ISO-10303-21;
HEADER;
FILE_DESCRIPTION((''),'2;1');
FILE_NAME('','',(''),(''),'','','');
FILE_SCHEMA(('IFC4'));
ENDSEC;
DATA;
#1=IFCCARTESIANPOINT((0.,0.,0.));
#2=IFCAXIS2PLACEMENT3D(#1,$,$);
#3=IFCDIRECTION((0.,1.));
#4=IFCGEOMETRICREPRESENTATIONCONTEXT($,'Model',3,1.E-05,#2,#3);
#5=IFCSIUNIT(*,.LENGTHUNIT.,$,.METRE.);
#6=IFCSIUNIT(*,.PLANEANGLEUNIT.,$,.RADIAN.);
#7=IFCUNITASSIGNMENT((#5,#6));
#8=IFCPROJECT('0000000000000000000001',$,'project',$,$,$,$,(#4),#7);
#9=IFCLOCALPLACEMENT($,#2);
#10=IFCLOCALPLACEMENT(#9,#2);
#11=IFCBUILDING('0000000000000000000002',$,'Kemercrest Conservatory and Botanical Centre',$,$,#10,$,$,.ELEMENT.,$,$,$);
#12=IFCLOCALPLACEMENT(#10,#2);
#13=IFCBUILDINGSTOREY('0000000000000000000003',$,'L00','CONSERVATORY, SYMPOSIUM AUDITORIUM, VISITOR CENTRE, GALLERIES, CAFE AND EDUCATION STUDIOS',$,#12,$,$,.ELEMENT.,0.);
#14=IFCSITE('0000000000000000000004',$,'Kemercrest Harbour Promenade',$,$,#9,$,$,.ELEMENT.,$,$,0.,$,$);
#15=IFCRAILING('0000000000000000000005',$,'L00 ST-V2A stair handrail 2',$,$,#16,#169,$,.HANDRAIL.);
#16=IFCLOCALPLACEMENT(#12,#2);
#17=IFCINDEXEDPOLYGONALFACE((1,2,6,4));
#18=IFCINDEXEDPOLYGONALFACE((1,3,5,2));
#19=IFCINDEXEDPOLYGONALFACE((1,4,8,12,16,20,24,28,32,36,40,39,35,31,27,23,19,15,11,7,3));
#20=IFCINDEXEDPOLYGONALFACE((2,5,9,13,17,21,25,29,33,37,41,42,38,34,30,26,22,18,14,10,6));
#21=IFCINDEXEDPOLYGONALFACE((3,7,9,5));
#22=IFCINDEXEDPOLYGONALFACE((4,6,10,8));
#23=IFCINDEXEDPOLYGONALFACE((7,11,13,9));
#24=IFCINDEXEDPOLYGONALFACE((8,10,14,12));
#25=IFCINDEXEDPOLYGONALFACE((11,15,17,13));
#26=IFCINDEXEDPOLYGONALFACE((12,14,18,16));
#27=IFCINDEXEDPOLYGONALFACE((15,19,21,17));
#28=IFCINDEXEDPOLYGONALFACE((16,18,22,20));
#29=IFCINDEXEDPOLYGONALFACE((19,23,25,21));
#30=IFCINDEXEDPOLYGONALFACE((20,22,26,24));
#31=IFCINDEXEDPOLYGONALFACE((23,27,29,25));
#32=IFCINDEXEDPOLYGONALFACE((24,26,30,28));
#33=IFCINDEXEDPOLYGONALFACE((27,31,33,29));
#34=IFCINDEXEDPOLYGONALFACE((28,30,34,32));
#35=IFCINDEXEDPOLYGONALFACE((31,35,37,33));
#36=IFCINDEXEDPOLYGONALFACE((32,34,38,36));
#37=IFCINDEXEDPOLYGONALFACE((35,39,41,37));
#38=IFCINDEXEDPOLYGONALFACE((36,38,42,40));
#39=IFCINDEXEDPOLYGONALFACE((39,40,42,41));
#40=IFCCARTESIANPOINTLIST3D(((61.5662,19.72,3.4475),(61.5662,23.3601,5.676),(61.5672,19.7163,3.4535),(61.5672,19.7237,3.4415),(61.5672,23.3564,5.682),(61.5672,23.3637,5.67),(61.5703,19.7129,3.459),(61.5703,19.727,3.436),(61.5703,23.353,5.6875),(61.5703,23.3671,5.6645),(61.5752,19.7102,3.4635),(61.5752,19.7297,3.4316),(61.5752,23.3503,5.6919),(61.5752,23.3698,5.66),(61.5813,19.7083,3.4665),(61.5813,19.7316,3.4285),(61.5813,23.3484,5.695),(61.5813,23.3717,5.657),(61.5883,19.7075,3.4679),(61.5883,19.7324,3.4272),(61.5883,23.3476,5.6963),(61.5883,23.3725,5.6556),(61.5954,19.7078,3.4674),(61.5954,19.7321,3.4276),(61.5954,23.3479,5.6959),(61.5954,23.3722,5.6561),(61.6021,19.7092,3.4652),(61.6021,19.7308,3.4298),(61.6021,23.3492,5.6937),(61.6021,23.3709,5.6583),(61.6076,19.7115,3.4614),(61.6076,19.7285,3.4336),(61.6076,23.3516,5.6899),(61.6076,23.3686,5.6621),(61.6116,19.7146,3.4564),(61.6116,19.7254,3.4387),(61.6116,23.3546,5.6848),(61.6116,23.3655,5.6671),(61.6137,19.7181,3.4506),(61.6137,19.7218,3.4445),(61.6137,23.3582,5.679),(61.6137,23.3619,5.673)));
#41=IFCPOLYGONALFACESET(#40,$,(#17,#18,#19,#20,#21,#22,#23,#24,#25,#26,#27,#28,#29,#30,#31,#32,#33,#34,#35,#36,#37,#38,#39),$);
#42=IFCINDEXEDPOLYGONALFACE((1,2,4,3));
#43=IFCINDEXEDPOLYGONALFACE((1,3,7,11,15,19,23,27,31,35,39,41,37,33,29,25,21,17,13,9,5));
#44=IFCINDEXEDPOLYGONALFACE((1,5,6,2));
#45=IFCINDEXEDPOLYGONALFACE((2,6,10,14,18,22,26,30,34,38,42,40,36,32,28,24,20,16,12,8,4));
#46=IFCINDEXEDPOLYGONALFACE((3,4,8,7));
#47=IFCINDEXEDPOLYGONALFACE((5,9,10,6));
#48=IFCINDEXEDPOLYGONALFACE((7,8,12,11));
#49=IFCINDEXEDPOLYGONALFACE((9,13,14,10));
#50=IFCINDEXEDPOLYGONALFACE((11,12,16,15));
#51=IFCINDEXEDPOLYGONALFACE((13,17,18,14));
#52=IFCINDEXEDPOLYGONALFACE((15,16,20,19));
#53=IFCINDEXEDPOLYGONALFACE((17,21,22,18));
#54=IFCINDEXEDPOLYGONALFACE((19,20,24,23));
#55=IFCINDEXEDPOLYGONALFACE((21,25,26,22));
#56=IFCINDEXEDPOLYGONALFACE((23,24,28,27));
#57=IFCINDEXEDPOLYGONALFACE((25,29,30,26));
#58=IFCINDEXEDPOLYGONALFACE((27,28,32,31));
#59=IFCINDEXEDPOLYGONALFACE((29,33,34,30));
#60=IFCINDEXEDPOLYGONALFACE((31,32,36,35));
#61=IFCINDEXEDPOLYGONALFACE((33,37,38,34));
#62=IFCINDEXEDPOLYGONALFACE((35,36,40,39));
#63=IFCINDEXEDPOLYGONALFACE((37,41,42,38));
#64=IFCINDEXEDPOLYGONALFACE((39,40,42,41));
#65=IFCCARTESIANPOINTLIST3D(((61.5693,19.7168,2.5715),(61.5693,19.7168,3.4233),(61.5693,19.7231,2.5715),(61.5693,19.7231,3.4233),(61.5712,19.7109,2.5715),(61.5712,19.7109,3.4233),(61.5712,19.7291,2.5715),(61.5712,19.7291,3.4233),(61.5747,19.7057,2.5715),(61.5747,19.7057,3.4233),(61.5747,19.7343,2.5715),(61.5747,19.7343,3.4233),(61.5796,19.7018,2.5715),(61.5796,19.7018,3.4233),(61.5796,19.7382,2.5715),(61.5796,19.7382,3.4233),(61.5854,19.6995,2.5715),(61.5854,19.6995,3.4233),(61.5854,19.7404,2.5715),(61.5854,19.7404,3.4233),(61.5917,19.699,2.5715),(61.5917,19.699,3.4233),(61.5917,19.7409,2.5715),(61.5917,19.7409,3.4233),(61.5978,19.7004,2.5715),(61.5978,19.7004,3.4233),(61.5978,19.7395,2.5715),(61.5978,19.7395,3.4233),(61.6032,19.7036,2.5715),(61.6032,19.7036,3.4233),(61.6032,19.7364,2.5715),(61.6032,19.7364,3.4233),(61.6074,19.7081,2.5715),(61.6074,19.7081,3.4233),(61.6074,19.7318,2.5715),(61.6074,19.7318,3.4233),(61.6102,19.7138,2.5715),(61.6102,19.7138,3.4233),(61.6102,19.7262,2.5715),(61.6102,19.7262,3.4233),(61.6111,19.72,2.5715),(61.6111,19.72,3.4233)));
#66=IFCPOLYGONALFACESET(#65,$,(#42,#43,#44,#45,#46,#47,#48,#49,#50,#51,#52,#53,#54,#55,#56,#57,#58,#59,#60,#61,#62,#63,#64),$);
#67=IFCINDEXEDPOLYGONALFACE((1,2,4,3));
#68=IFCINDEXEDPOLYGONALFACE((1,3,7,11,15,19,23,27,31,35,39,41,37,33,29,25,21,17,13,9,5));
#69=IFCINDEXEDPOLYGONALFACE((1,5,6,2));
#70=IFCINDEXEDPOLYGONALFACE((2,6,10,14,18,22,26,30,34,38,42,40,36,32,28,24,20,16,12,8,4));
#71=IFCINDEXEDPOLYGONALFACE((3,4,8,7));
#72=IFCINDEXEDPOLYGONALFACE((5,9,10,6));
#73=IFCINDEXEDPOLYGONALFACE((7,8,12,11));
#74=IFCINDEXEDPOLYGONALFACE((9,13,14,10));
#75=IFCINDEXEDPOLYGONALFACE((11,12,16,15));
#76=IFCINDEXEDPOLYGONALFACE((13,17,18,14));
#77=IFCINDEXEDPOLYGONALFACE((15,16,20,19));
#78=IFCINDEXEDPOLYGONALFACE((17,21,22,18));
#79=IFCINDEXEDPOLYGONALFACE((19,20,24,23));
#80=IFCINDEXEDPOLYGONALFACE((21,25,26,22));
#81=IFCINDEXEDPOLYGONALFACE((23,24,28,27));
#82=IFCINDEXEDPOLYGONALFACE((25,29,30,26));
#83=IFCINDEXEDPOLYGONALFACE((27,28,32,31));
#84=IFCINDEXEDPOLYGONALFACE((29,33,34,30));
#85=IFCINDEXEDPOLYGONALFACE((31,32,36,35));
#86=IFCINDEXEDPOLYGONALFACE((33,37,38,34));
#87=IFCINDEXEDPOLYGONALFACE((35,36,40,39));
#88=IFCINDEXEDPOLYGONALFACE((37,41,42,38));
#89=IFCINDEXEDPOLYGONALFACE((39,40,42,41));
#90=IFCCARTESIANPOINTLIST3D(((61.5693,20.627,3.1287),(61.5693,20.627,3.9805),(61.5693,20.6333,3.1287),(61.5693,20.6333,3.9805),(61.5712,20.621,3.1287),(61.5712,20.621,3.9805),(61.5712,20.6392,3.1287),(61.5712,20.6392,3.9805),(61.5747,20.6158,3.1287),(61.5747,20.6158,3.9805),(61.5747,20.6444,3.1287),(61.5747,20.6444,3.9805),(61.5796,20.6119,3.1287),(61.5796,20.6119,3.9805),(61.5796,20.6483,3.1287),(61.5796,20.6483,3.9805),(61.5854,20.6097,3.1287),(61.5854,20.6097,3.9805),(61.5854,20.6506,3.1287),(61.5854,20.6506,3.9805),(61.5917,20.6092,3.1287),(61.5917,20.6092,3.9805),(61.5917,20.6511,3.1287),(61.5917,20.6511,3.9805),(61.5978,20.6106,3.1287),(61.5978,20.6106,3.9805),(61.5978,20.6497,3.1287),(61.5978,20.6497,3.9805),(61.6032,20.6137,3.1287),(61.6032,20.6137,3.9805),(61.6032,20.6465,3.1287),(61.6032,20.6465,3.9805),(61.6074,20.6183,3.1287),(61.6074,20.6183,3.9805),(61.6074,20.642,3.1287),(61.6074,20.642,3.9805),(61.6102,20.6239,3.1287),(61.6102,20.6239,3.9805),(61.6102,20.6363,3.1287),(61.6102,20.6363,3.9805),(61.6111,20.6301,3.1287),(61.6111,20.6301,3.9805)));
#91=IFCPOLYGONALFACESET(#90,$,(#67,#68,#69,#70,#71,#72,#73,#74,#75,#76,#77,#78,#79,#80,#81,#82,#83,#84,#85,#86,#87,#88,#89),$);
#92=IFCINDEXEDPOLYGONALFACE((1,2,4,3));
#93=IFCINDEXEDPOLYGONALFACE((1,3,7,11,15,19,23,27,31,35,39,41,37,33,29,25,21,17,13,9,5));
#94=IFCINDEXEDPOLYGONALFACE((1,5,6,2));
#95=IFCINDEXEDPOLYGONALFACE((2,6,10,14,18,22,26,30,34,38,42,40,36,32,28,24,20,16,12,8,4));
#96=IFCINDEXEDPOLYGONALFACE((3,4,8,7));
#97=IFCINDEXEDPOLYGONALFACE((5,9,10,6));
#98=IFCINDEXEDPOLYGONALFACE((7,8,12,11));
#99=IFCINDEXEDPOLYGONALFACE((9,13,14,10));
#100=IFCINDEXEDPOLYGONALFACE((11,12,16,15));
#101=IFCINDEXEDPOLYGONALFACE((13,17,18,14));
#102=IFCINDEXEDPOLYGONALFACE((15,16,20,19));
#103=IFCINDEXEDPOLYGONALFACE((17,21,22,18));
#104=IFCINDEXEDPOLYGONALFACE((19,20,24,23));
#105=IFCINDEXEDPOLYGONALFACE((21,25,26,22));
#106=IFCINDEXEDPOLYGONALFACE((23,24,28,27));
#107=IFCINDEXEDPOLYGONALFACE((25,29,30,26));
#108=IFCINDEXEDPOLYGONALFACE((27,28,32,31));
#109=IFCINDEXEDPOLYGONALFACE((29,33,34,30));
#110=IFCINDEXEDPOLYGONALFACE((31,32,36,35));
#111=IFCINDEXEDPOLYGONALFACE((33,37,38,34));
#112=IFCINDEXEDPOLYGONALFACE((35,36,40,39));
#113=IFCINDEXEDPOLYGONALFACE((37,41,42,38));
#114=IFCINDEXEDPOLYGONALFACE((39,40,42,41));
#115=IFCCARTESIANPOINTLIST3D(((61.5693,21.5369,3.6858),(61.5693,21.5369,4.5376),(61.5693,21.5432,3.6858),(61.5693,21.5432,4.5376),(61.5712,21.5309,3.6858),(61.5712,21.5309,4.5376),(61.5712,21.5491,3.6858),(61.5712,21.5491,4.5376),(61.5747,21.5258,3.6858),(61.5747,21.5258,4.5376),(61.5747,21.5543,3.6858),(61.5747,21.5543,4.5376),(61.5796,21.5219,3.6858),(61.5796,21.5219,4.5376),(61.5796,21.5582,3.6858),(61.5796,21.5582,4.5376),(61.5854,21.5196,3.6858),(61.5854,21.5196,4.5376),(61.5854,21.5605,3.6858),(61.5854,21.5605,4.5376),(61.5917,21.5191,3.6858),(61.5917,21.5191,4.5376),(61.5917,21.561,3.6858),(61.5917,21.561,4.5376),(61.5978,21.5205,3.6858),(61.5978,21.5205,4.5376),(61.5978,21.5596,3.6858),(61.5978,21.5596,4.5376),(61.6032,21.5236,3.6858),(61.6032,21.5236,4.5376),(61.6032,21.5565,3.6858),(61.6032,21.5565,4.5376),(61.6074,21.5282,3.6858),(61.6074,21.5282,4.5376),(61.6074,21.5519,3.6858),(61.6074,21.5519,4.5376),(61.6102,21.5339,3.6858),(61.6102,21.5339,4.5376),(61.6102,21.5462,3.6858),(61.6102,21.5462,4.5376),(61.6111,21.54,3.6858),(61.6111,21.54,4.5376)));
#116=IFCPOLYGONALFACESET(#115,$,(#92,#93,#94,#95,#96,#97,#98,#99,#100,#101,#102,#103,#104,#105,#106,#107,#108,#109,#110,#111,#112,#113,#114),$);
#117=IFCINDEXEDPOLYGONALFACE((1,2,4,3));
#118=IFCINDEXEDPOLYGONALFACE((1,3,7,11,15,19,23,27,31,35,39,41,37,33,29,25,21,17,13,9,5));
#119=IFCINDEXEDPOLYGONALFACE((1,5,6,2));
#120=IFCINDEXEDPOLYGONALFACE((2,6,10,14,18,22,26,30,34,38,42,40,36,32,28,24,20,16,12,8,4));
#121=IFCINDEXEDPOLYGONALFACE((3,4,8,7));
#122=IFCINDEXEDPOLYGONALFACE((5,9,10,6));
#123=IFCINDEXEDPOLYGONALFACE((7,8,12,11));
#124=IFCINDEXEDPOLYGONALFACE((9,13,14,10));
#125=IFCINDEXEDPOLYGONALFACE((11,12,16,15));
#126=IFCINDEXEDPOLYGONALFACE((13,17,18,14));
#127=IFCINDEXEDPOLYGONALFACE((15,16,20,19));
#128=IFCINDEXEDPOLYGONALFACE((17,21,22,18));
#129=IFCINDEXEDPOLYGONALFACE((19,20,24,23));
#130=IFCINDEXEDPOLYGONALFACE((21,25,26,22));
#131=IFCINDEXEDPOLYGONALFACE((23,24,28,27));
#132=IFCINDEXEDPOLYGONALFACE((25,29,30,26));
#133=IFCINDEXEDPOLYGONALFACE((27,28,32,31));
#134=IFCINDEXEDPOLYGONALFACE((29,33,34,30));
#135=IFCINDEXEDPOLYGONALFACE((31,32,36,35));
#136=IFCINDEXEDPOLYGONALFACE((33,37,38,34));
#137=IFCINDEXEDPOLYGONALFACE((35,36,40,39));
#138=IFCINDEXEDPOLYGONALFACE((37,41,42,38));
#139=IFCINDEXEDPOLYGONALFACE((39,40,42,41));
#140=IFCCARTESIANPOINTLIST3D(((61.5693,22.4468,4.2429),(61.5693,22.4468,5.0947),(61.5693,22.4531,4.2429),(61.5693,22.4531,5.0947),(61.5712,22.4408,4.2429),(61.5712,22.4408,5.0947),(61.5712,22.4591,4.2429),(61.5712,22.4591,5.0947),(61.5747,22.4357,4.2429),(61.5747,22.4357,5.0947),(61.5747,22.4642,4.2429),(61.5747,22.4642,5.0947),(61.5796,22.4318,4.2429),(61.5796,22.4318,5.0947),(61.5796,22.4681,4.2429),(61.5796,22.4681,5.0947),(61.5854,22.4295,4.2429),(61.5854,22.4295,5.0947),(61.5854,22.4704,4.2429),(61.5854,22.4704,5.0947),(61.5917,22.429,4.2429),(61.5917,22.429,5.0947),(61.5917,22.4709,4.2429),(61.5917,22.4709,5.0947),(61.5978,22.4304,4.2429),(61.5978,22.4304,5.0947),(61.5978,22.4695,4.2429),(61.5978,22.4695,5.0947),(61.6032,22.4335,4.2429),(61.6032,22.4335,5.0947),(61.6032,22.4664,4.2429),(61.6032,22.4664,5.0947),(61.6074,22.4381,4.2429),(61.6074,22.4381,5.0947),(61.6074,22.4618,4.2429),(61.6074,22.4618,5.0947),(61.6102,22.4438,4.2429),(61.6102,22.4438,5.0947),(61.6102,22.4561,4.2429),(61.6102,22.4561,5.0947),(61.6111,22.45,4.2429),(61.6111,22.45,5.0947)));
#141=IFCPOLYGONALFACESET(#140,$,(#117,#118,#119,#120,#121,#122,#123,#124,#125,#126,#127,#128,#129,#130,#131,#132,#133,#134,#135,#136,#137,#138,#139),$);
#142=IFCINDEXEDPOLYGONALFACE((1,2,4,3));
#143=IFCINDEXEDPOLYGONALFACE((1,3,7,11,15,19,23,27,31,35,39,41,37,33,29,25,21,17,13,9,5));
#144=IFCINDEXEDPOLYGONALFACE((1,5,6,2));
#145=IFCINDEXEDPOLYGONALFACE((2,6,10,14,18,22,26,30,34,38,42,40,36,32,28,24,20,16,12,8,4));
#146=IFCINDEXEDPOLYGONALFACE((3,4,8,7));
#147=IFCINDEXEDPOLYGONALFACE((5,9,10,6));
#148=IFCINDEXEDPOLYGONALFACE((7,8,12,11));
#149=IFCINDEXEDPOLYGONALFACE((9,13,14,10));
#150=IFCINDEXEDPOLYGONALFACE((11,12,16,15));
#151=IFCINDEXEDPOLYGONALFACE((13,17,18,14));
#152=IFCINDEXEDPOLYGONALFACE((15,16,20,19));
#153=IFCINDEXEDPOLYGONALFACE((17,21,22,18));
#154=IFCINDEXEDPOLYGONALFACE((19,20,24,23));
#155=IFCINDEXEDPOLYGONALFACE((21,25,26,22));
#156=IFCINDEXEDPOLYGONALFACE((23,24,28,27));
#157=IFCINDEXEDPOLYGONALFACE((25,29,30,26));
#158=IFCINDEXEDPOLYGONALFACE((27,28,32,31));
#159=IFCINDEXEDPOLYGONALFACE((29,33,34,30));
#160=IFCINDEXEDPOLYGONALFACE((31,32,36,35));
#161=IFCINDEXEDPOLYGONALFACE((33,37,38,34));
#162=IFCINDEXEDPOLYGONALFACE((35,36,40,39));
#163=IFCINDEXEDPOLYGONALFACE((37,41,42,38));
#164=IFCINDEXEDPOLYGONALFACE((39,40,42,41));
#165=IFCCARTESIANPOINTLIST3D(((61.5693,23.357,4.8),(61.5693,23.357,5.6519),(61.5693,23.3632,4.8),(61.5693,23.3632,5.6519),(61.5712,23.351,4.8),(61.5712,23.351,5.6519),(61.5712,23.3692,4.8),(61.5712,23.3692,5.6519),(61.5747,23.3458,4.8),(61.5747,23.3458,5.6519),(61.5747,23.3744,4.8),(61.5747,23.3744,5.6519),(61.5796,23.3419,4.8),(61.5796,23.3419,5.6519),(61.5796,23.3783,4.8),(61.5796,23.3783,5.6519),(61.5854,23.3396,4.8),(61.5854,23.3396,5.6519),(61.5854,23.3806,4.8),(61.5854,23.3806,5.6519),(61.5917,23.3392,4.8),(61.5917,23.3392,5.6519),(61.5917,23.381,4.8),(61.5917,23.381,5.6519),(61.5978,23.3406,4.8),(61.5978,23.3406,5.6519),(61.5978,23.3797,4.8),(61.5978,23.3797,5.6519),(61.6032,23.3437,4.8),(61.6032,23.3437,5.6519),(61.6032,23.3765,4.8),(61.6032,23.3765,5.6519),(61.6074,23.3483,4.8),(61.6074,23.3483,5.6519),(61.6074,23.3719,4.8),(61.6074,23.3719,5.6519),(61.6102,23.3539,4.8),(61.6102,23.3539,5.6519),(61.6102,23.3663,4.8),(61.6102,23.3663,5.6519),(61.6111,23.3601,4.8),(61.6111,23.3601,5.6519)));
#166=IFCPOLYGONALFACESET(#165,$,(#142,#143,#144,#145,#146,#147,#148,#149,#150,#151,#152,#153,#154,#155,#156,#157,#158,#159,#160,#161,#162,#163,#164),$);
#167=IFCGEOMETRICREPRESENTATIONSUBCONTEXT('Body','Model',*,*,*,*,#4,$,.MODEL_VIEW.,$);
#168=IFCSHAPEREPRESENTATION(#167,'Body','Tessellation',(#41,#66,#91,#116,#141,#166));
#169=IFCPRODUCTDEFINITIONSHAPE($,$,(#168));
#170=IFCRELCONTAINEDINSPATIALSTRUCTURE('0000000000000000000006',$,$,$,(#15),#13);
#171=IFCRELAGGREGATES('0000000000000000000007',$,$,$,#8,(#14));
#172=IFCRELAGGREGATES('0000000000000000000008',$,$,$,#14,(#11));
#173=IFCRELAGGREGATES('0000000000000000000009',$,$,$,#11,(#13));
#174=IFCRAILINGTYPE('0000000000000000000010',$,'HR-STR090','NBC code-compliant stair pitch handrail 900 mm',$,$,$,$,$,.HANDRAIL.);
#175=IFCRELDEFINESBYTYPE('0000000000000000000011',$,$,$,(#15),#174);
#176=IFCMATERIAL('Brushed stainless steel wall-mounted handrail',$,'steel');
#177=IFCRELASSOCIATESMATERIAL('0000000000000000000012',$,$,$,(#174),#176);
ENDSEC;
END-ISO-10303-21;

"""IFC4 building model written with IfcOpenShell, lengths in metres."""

from ifc_helpers import new_model, si_unit, direction, frame, origin, origin_2d, place, context, subcontext, project, spatial, circle, extrude, material, type_object, element, save


model = new_model("IFC4")

# Units and contexts
model_context = context("Model", 3, precision=1e-05, world=origin(), true_north=direction((0.0, 1.0)))
body_context = subcontext(model_context, "Body", "Model", "MODEL_VIEW")
ifc_project = project(units=[si_unit("LENGTHUNIT", "METRE"), si_unit("PLANEANGLEUNIT", "RADIAN")], contexts=[model_context])

# Site, building, storey
site_placement = place(None, origin())
site = spatial("IfcSite", under=ifc_project, at=site_placement, Name="Kemercrest Harbour Promenade", CompositionType="ELEMENT", RefElevation=0.0)
building_placement = place(site_placement, origin())
building = spatial("IfcBuilding", under=site, at=building_placement, Name="Kemercrest Conservatory and Botanical Centre", CompositionType="ELEMENT")
storey_placement = place(building_placement, origin())
storey = spatial("IfcBuildingStorey", under=building, at=storey_placement, Name="L00", Description="CONSERVATORY, SYMPOSIUM AUDITORIUM, VISITOR CENTRE, GALLERIES, CAFE AND EDUCATION STUDIOS", CompositionType="ELEMENT", Elevation=0.0)

# Railing
ifc_material_1 = material(Name="Brushed stainless steel wall-mounted handrail", Category="steel")
railing_type_1 = type_object("IfcRailingType", Name="HR-STR090", Description="NBC code-compliant stair pitch handrail 900 mm", PredefinedType="HANDRAIL", material=ifc_material_1)
railing_1_placement = place(storey_placement, frame((61.5901, 19.72, 2.5715)))
element("IfcRailing", 1, at=railing_1_placement, inside=storey, type_object=railing_type_1, Name="L00 ST-V2A stair handrail 2", PredefinedType="HANDRAIL", context=body_context, shape_type="SweptSolid", body=[
    extrude(circle(Radius=0.0239, at=origin_2d()), frame((0.0, 0.0, 0.876), z_axis=(0.0, 0.852866, 0.52213), x_axis=(-1.0, 0.0, 0.0)), (0.0, 0.0, 1.0), 4.2681),
    extrude(circle(Radius=0.021, at=origin_2d()), origin(), (0.0, 0.0, 1.0), 0.8518),
    extrude(circle(Radius=0.021, at=origin_2d()), frame((0.0, 0.9102, 0.5571)), (0.0, 0.0, 1.0), 0.8518),
    extrude(circle(Radius=0.021, at=origin_2d()), frame((0.0, 1.8201, 1.1143)), (0.0, 0.0, 1.0), 0.8518),
    extrude(circle(Radius=0.021, at=origin_2d()), frame((0.0, 2.73, 1.6714)), (0.0, 0.0, 1.0), 0.8518),
    extrude(circle(Radius=0.021, at=origin_2d()), frame((0.0, 3.6401, 2.2285)), (0.0, 0.0, 1.0), 0.8518),
])

save(model, "model.ifc")
